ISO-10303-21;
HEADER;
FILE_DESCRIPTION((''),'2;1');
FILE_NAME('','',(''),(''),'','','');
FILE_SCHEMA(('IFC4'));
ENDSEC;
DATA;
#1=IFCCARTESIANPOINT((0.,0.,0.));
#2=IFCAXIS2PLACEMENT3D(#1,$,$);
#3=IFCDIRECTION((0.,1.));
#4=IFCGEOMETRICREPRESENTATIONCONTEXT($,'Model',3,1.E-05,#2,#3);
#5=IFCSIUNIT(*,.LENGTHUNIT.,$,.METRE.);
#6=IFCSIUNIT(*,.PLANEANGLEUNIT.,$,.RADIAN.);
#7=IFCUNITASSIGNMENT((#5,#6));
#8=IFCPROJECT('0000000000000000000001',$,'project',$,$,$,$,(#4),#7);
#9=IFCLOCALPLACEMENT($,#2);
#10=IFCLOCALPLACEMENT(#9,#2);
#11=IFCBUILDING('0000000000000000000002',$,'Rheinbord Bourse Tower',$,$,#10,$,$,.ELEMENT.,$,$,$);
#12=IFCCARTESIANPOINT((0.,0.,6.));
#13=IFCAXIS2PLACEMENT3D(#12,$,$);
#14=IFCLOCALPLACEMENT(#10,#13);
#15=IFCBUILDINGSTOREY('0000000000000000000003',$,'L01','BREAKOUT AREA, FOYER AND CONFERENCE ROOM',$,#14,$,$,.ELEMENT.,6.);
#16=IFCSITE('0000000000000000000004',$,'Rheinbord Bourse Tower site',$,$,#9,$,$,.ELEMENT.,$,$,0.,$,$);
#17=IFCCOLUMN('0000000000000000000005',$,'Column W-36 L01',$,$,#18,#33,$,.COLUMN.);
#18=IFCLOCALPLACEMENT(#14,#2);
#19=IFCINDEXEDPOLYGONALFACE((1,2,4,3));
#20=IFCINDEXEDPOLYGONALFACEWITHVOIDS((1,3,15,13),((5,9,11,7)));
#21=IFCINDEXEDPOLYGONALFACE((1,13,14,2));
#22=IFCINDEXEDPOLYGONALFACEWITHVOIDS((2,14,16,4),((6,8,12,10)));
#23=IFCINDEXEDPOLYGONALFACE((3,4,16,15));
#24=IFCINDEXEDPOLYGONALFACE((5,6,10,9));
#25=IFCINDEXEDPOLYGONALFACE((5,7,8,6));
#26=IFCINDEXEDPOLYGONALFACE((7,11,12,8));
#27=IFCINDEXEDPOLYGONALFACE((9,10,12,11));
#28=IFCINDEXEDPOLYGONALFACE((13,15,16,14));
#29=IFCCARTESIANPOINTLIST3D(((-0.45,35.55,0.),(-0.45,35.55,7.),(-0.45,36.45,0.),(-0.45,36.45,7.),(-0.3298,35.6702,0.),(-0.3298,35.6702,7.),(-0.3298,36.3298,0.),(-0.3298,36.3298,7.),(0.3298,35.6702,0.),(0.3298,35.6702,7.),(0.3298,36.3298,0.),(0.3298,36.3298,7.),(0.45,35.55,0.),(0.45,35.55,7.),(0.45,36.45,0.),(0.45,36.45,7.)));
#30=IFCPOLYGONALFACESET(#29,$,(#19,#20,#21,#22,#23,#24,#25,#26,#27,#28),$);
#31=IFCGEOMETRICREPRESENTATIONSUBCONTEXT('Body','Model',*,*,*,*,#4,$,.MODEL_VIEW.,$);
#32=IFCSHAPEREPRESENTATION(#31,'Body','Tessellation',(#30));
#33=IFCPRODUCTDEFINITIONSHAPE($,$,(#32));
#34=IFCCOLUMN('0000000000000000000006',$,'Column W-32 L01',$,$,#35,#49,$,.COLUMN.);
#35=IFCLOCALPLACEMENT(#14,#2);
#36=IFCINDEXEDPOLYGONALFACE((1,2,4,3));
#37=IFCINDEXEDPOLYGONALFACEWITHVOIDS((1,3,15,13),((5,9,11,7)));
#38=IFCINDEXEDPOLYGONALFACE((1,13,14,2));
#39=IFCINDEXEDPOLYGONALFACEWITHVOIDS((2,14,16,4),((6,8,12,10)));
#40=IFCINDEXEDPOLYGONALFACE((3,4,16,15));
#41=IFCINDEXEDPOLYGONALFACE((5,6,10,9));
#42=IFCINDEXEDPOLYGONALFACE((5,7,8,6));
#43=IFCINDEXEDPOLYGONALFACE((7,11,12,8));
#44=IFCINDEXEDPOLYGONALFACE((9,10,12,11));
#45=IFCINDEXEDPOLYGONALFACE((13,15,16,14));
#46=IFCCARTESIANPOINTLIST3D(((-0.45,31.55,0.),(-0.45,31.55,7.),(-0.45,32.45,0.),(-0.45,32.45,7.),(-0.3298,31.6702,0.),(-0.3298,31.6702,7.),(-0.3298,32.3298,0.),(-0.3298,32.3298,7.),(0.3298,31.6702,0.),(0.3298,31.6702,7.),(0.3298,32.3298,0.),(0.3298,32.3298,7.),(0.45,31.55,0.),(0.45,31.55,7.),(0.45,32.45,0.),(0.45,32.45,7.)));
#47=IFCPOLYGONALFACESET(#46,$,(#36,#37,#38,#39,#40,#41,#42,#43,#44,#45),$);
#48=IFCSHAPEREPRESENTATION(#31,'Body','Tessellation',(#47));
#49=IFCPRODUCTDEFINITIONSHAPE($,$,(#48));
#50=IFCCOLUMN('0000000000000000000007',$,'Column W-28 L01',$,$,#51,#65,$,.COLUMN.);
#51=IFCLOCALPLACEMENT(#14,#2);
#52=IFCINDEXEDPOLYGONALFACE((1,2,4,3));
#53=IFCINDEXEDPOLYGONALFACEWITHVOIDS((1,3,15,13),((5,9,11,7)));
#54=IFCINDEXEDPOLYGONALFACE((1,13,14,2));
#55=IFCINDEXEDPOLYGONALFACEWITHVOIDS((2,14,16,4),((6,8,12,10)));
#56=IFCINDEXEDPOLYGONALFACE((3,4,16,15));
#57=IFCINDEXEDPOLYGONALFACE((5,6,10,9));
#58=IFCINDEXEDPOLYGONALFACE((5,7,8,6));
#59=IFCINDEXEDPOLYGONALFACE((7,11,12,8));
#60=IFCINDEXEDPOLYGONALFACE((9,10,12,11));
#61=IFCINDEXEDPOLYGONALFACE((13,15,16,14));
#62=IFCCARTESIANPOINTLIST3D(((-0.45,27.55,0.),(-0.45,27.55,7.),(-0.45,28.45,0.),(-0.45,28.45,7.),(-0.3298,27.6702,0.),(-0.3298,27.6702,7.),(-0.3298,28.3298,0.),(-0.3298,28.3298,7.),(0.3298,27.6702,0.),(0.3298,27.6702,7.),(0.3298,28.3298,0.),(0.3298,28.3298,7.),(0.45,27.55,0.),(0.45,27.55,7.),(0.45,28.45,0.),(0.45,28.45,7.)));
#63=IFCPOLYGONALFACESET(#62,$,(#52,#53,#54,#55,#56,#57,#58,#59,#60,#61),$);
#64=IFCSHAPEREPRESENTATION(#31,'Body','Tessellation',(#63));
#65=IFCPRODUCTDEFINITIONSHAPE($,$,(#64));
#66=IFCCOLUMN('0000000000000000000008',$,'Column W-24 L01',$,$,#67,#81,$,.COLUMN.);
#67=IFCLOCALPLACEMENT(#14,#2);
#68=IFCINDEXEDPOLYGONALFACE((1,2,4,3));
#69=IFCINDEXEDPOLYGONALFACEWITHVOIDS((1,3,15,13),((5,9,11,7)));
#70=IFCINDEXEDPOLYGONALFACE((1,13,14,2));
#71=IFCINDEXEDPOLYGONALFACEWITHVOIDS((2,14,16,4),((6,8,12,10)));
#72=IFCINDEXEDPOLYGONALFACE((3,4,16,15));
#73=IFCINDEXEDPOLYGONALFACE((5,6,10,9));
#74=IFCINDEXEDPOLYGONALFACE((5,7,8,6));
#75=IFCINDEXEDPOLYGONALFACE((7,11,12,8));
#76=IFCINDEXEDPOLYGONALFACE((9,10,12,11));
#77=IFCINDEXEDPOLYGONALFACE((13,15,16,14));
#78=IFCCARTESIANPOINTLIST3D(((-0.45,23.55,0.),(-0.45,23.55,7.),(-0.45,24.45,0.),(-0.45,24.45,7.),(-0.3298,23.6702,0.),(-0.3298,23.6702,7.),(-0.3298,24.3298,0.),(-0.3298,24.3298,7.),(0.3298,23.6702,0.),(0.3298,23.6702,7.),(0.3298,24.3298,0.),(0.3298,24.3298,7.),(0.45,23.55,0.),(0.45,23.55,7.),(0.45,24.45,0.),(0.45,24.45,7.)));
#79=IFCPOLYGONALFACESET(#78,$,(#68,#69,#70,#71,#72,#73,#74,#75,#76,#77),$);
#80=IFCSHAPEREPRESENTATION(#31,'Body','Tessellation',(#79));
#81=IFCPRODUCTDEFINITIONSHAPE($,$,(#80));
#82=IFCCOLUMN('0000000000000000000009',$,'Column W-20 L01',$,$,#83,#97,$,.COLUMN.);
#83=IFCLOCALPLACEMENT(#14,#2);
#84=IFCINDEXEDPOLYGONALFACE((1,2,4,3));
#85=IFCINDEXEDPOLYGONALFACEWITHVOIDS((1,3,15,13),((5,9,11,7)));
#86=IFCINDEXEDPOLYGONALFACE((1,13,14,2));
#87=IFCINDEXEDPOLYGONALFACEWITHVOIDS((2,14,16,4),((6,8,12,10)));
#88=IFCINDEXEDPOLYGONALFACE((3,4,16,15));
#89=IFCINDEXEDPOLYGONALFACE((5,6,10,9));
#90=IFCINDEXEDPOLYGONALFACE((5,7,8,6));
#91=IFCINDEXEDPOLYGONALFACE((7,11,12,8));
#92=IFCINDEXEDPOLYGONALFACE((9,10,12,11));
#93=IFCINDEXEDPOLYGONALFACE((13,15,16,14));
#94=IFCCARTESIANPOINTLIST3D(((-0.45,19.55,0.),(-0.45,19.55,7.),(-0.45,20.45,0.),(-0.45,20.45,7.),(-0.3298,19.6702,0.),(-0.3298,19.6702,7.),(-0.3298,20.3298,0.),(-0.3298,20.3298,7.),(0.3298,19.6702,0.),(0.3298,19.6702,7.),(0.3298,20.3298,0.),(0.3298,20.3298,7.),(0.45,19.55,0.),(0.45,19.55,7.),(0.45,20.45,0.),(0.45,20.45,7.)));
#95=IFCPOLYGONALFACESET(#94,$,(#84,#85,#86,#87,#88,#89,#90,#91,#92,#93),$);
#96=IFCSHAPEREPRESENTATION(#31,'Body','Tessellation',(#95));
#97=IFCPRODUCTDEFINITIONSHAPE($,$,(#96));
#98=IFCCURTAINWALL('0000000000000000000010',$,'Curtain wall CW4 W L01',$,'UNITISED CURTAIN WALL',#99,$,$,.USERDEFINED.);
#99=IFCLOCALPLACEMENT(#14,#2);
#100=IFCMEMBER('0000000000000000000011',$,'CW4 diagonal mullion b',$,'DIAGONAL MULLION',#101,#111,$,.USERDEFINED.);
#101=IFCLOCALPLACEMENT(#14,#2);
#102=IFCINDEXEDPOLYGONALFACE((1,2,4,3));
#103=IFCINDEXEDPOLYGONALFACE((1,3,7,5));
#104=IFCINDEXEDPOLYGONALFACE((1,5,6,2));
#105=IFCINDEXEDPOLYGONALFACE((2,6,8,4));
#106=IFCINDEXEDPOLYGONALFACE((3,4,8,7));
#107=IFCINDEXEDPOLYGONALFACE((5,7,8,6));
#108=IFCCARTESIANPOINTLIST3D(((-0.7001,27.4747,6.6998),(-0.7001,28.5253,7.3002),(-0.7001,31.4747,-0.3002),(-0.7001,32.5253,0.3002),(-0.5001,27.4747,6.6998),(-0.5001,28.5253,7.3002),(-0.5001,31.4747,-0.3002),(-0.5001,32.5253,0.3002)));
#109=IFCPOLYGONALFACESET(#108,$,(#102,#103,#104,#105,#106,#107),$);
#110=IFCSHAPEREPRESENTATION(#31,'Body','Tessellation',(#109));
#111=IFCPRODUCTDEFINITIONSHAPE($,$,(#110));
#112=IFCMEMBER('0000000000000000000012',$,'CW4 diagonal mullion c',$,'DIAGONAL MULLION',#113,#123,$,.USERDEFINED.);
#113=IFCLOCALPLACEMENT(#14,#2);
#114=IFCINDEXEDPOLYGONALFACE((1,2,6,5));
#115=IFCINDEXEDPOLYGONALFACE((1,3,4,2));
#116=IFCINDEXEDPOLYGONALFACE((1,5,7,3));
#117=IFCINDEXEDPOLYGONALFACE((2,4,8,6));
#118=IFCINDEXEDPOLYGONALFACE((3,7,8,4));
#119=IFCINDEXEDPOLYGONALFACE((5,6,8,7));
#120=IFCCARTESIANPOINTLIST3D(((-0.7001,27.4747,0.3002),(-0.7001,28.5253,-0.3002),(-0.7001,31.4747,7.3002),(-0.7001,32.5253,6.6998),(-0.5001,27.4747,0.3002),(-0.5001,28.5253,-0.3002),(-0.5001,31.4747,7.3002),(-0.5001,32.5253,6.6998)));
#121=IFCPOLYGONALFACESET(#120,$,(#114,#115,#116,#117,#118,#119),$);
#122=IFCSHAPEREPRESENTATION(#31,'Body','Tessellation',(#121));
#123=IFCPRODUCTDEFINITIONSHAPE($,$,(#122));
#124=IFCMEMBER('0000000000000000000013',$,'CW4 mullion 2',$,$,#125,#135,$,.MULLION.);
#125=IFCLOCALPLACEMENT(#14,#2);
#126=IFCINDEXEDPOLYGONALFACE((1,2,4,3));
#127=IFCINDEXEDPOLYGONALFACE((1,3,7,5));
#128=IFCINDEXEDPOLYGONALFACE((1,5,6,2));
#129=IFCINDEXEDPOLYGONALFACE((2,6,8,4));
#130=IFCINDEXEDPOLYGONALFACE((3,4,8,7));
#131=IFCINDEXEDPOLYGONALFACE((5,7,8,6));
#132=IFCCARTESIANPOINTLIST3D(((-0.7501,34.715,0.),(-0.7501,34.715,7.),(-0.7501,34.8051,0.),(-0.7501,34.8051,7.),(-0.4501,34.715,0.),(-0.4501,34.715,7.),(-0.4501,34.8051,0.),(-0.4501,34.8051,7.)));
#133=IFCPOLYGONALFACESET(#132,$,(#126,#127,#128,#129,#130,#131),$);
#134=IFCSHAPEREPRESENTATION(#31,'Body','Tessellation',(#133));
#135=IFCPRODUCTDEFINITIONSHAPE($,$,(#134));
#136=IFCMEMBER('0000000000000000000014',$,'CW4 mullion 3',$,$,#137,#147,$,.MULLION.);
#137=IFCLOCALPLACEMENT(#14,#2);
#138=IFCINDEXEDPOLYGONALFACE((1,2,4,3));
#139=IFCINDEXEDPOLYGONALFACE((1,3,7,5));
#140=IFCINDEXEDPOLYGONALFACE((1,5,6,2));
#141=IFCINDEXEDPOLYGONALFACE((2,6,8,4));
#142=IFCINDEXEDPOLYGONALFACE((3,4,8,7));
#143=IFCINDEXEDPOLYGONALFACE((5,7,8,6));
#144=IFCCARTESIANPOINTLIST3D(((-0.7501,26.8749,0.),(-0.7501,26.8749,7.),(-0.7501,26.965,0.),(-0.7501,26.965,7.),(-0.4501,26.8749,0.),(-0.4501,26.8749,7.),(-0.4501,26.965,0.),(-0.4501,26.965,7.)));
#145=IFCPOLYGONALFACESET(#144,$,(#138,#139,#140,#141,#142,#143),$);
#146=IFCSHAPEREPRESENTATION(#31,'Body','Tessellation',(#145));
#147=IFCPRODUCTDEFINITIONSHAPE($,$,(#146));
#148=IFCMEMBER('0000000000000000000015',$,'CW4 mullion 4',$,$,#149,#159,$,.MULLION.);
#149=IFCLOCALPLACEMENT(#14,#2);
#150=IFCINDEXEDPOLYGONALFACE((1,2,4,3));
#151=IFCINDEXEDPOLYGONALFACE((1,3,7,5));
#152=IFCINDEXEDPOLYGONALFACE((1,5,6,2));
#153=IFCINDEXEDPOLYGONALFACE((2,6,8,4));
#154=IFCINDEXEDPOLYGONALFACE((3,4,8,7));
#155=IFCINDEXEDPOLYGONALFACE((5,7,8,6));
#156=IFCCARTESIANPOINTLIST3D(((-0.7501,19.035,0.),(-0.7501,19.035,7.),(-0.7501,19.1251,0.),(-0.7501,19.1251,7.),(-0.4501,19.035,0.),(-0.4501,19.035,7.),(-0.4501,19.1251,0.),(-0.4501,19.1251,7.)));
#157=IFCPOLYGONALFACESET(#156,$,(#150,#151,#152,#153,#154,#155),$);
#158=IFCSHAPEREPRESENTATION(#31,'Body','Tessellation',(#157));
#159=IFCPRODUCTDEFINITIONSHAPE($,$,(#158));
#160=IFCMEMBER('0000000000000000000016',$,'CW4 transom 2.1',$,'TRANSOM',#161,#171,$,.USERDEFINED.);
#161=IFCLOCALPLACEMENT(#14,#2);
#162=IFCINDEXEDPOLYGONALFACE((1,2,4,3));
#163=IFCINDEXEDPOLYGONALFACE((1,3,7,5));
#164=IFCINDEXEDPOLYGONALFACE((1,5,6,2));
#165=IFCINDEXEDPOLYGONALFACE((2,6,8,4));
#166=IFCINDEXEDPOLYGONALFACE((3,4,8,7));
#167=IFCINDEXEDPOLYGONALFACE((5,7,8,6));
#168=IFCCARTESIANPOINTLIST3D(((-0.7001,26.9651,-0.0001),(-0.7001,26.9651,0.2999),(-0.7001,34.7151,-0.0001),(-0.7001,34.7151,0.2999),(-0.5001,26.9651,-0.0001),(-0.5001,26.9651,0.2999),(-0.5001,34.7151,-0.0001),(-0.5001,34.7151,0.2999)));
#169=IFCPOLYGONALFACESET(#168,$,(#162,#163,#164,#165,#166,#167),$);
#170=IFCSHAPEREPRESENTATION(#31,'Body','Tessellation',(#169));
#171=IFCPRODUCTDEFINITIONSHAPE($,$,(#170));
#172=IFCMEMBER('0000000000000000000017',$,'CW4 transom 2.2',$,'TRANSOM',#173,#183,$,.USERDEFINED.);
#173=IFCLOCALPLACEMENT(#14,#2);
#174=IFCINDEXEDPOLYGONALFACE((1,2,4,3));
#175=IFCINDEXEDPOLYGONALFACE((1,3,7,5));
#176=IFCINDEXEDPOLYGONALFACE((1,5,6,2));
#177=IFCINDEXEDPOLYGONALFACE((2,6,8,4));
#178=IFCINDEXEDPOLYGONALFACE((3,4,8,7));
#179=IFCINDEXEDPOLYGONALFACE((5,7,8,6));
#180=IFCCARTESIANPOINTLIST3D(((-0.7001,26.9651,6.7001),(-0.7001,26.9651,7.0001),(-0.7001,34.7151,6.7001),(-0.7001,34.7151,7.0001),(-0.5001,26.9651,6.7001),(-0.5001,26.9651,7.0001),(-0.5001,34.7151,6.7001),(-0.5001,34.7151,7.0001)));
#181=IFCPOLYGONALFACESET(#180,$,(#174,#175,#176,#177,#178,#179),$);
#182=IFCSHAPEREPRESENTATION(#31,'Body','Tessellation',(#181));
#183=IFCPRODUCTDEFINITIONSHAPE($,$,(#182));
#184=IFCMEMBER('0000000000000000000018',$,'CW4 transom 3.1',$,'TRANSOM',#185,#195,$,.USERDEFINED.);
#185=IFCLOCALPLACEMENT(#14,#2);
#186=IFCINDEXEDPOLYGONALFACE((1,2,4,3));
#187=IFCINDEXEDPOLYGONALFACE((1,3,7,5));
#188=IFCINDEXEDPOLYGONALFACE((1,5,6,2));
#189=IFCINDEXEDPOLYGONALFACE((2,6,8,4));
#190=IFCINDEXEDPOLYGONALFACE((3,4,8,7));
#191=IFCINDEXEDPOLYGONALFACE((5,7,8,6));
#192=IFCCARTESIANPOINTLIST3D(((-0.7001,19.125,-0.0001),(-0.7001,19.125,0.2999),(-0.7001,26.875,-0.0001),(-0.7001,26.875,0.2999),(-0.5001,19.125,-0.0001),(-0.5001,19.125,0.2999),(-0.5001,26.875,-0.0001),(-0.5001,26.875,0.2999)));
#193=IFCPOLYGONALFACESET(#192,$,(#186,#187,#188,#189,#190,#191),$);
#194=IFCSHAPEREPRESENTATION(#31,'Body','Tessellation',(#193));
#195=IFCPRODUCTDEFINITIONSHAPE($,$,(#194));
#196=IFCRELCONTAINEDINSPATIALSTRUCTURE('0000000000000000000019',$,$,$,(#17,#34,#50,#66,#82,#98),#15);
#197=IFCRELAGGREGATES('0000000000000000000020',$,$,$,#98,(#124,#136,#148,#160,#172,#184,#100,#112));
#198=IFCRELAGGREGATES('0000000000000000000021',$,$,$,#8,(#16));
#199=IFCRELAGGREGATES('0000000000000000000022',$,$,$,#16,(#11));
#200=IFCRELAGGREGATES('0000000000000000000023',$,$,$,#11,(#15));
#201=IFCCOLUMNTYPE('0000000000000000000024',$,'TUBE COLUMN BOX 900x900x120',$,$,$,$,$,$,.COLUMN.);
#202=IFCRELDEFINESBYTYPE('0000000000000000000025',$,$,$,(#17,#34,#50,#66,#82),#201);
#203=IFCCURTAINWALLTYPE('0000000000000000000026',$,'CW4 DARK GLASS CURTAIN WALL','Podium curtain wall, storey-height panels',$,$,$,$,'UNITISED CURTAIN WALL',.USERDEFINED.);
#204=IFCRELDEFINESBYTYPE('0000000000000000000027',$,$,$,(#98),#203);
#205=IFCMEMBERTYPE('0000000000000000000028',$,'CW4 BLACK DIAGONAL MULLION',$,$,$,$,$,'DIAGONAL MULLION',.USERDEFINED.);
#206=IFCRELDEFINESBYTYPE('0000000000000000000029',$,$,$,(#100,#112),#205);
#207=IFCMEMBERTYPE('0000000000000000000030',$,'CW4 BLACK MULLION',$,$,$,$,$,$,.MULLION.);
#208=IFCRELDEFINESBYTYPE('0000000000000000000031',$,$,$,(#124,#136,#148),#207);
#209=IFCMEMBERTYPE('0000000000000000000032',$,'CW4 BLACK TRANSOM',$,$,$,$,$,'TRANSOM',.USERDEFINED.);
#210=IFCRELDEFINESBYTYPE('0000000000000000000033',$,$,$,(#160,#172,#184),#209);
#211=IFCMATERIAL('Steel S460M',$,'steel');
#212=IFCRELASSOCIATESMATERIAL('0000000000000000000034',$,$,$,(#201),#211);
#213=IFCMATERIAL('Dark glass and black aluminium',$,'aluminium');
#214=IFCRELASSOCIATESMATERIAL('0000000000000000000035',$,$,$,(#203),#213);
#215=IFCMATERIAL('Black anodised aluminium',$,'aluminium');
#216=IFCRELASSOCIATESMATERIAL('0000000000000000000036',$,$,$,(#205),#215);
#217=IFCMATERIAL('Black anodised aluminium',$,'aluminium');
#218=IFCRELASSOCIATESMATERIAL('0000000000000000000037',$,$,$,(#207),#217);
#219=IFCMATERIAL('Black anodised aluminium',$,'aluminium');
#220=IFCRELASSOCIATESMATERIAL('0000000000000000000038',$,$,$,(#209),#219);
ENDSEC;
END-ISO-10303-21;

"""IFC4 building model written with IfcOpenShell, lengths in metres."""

from ifc_helpers import new_model, si_unit, direction, frame, origin, origin_2d, place, context, subcontext, project, spatial, rectangle, hollow_rectangle, extrude, material, material_profile, profile_set, type_object, element, aggregate, save


model = new_model("IFC4")

# Units and contexts
model_context = context("Model", 3, precision=1e-05, world=origin(), true_north=direction((0.0, 1.0)))
body_context = subcontext(model_context, "Body", "Model", "MODEL_VIEW")
ifc_project = project(units=[si_unit("LENGTHUNIT", "METRE"), si_unit("PLANEANGLEUNIT", "RADIAN")], contexts=[model_context])

# Site, building, storey
site_placement = place(None, origin())
site = spatial("IfcSite", under=ifc_project, at=site_placement, Name="Rheinbord Bourse Tower site", CompositionType="ELEMENT", RefElevation=0.0)
building_placement = place(site_placement, origin())
building = spatial("IfcBuilding", under=site, at=building_placement, Name="Rheinbord Bourse Tower", CompositionType="ELEMENT")
storey_placement = place(building_placement, frame((0.0, 0.0, 6.0)))
storey = spatial("IfcBuildingStorey", under=building, at=storey_placement, Name="L01", Description="BREAKOUT AREA, FOYER AND CONFERENCE ROOM", CompositionType="ELEMENT", Elevation=6.0)

# Columns
ifc_material_1 = material(Name="Steel S460M", Category="steel")
ifc_material_profile_1 = material_profile(ifc_material_1, hollow_rectangle(XDim=0.8999, YDim=0.8999, WallThickness=0.1201, at=origin_2d()), Name="BOX 900x900x120")
ifc_profile_set_1 = profile_set([ifc_material_profile_1], Name="Steel S460M")
column_type = type_object("IfcColumnType", Name="TUBE COLUMN BOX 900x900x120", PredefinedType="COLUMN", material=ifc_profile_set_1)
for number, where, z_axis, x_axis, name in (
    (1, (0.0, 36.0, 0.0), (0.0, 0.0, 1.0), (1.0, 0.0, 0.0), "Column W-36 L01"),
    (2, (0.0, 32.0, 0.0), (0.0, 0.0, 1.0), (1.0, 0.0, 0.0), "Column W-32 L01"),
    (3, (0.0, 28.0, 0.0), (0.0, 0.0, 1.0), (1.0, 0.0, 0.0), "Column W-28 L01"),
    (4, (0.0, 24.0, 0.0), (0.0, 0.0, 1.0), (1.0, 0.0, 0.0), "Column W-24 L01"),
    (5, (0.0, 20.0, 0.0), (0.0, 0.0, 1.0), (1.0, 0.0, 0.0), "Column W-20 L01"),
):
    element("IfcColumn", number, at=place(storey_placement, frame(where, z_axis=z_axis, x_axis=x_axis)), inside=storey, type_object=column_type, Name=name, PredefinedType="COLUMN", context=body_context, shape_type="SweptSolid", body=[
        extrude(hollow_rectangle(XDim=0.8999, YDim=0.8999, WallThickness=0.1201, at=origin_2d()), origin(), (0.0, 0.0, 1.0), 7.0),
    ])

# Curtain wall, members
ifc_material_2 = material(Name="Dark glass and black aluminium", Category="aluminium")
curtain_wall_type = type_object("IfcCurtainWallType", Name="CW4 DARK GLASS CURTAIN WALL", Description="Podium curtain wall, storey-height panels", ElementType="UNITISED CURTAIN WALL", PredefinedType="USERDEFINED", material=ifc_material_2)
curtain_wall_placement = place(storey_placement, origin())
curtain_wall = element("IfcCurtainWall", 6, at=curtain_wall_placement, inside=storey, type_object=curtain_wall_type, Name="Curtain wall CW4 W L01", ObjectType="UNITISED CURTAIN WALL", PredefinedType="USERDEFINED")
ifc_material_3 = material(Name="Black anodised aluminium", Category="aluminium")
ifc_material_profile_2 = material_profile(ifc_material_3, rectangle(XDim=0.2, YDim=1.21, at=origin_2d()), Name="CW4 DIAGONAL MULLION 1210x200")
ifc_profile_set_2 = profile_set([ifc_material_profile_2], Name="Black anodised aluminium")
member_type_1 = type_object("IfcMemberType", Name="CW4 BLACK DIAGONAL MULLION", ElementType="DIAGONAL MULLION", PredefinedType="USERDEFINED", material=ifc_profile_set_2)
member_1_placement = place(storey_placement, frame((-0.6001, 32.0, 0.0), z_axis=(0.0, -0.496139, 0.868243), x_axis=(1.0, 0.0, 0.0)))
member_1 = element("IfcMember", 7, at=member_1_placement, type_object=member_type_1, Name="CW4 diagonal mullion b", ObjectType="DIAGONAL MULLION", PredefinedType="USERDEFINED", context=body_context, shape_type="SweptSolid", body=[
    extrude(rectangle(XDim=0.2, YDim=1.21, at=origin_2d()), origin(), (0.0, 0.0, 1.0), 8.0623),
])
member_2_placement = place(storey_placement, frame((-0.6001, 28.0, 0.0), z_axis=(0.0, 0.496139, 0.868243), x_axis=(-1.0, 0.0, 0.0)))
member_2 = element("IfcMember", 8, at=member_2_placement, type_object=member_type_1, Name="CW4 diagonal mullion c", ObjectType="DIAGONAL MULLION", PredefinedType="USERDEFINED", context=body_context, shape_type="SweptSolid", body=[
    extrude(rectangle(XDim=0.2, YDim=1.21, at=origin_2d()), origin(), (0.0, 0.0, 1.0), 8.0623),
])
ifc_material_4 = material(Name="Black anodised aluminium", Category="aluminium")
ifc_material_profile_3 = material_profile(ifc_material_4, rectangle(XDim=0.3, YDim=0.0901, at=origin_2d()), Name="CW4 MULLION 90x300")
ifc_profile_set_3 = profile_set([ifc_material_profile_3], Name="Black anodised aluminium")
member_type_2 = type_object("IfcMemberType", Name="CW4 BLACK MULLION", PredefinedType="MULLION", material=ifc_profile_set_3)
member_3_placement = place(storey_placement, frame((-0.6001, 34.76, 0.0), z_axis=(0.0, 0.0, 1.0), x_axis=(1.0, 0.0, 0.0)))
member_3 = element("IfcMember", 9, at=member_3_placement, type_object=member_type_2, Name="CW4 mullion 2", PredefinedType="MULLION", context=body_context, shape_type="SweptSolid", body=[
    extrude(rectangle(XDim=0.3, YDim=0.0901, at=origin_2d()), origin(), (0.0, 0.0, 1.0), 7.0),
])
member_4_placement = place(storey_placement, frame((-0.6001, 26.9199, 0.0), z_axis=(0.0, 0.0, 1.0), x_axis=(1.0, 0.0, 0.0)))
member_4 = element("IfcMember", 10, at=member_4_placement, type_object=member_type_2, Name="CW4 mullion 3", PredefinedType="MULLION", context=body_context, shape_type="SweptSolid", body=[
    extrude(rectangle(XDim=0.3, YDim=0.0901, at=origin_2d()), origin(), (0.0, 0.0, 1.0), 7.0),
])
member_5_placement = place(storey_placement, frame((-0.6001, 19.0801, 0.0), z_axis=(0.0, 0.0, 1.0), x_axis=(1.0, 0.0, 0.0)))
member_5 = element("IfcMember", 11, at=member_5_placement, type_object=member_type_2, Name="CW4 mullion 4", PredefinedType="MULLION", context=body_context, shape_type="SweptSolid", body=[
    extrude(rectangle(XDim=0.3, YDim=0.0901, at=origin_2d()), origin(), (0.0, 0.0, 1.0), 7.0),
])
ifc_material_5 = material(Name="Black anodised aluminium", Category="aluminium")
ifc_material_profile_4 = material_profile(ifc_material_5, rectangle(XDim=0.2, YDim=0.3, at=origin_2d()), Name="CW4 TRANSOM 300x200")
ifc_profile_set_4 = profile_set([ifc_material_profile_4], Name="Black anodised aluminium")
member_type_3 = type_object("IfcMemberType", Name="CW4 BLACK TRANSOM", ElementType="TRANSOM", PredefinedType="USERDEFINED", material=ifc_profile_set_4)
member_6_placement = place(storey_placement, frame((-0.6001, 34.7151, 0.1499), z_axis=(0.0, -1.0, 0.0), x_axis=(1.0, 0.0, 0.0)))
member_6 = element("IfcMember", 12, at=member_6_placement, type_object=member_type_3, Name="CW4 transom 2.1", ObjectType="TRANSOM", PredefinedType="USERDEFINED", context=body_context, shape_type="SweptSolid", body=[
    extrude(rectangle(XDim=0.2, YDim=0.3, at=origin_2d()), origin(), (0.0, 0.0, 1.0), 7.75),
])
member_7_placement = place(storey_placement, frame((-0.6001, 34.7151, 6.8501), z_axis=(0.0, -1.0, 0.0), x_axis=(1.0, 0.0, 0.0)))
member_7 = element("IfcMember", 13, at=member_7_placement, type_object=member_type_3, Name="CW4 transom 2.2", ObjectType="TRANSOM", PredefinedType="USERDEFINED", context=body_context, shape_type="SweptSolid", body=[
    extrude(rectangle(XDim=0.2, YDim=0.3, at=origin_2d()), origin(), (0.0, 0.0, 1.0), 7.75),
])
member_8_placement = place(storey_placement, frame((-0.6001, 26.875, 0.1499), z_axis=(0.0, -1.0, 0.0), x_axis=(1.0, 0.0, 0.0)))
member_8 = element("IfcMember", 14, at=member_8_placement, type_object=member_type_3, Name="CW4 transom 3.1", ObjectType="TRANSOM", PredefinedType="USERDEFINED", context=body_context, shape_type="SweptSolid", body=[
    extrude(rectangle(XDim=0.2, YDim=0.3, at=origin_2d()), origin(), (0.0, 0.0, 1.0), 7.75),
])

aggregate(curtain_wall, [member_3, member_4, member_5, member_6, member_7, member_8, member_1, member_2])

save(model, "model.ifc")
